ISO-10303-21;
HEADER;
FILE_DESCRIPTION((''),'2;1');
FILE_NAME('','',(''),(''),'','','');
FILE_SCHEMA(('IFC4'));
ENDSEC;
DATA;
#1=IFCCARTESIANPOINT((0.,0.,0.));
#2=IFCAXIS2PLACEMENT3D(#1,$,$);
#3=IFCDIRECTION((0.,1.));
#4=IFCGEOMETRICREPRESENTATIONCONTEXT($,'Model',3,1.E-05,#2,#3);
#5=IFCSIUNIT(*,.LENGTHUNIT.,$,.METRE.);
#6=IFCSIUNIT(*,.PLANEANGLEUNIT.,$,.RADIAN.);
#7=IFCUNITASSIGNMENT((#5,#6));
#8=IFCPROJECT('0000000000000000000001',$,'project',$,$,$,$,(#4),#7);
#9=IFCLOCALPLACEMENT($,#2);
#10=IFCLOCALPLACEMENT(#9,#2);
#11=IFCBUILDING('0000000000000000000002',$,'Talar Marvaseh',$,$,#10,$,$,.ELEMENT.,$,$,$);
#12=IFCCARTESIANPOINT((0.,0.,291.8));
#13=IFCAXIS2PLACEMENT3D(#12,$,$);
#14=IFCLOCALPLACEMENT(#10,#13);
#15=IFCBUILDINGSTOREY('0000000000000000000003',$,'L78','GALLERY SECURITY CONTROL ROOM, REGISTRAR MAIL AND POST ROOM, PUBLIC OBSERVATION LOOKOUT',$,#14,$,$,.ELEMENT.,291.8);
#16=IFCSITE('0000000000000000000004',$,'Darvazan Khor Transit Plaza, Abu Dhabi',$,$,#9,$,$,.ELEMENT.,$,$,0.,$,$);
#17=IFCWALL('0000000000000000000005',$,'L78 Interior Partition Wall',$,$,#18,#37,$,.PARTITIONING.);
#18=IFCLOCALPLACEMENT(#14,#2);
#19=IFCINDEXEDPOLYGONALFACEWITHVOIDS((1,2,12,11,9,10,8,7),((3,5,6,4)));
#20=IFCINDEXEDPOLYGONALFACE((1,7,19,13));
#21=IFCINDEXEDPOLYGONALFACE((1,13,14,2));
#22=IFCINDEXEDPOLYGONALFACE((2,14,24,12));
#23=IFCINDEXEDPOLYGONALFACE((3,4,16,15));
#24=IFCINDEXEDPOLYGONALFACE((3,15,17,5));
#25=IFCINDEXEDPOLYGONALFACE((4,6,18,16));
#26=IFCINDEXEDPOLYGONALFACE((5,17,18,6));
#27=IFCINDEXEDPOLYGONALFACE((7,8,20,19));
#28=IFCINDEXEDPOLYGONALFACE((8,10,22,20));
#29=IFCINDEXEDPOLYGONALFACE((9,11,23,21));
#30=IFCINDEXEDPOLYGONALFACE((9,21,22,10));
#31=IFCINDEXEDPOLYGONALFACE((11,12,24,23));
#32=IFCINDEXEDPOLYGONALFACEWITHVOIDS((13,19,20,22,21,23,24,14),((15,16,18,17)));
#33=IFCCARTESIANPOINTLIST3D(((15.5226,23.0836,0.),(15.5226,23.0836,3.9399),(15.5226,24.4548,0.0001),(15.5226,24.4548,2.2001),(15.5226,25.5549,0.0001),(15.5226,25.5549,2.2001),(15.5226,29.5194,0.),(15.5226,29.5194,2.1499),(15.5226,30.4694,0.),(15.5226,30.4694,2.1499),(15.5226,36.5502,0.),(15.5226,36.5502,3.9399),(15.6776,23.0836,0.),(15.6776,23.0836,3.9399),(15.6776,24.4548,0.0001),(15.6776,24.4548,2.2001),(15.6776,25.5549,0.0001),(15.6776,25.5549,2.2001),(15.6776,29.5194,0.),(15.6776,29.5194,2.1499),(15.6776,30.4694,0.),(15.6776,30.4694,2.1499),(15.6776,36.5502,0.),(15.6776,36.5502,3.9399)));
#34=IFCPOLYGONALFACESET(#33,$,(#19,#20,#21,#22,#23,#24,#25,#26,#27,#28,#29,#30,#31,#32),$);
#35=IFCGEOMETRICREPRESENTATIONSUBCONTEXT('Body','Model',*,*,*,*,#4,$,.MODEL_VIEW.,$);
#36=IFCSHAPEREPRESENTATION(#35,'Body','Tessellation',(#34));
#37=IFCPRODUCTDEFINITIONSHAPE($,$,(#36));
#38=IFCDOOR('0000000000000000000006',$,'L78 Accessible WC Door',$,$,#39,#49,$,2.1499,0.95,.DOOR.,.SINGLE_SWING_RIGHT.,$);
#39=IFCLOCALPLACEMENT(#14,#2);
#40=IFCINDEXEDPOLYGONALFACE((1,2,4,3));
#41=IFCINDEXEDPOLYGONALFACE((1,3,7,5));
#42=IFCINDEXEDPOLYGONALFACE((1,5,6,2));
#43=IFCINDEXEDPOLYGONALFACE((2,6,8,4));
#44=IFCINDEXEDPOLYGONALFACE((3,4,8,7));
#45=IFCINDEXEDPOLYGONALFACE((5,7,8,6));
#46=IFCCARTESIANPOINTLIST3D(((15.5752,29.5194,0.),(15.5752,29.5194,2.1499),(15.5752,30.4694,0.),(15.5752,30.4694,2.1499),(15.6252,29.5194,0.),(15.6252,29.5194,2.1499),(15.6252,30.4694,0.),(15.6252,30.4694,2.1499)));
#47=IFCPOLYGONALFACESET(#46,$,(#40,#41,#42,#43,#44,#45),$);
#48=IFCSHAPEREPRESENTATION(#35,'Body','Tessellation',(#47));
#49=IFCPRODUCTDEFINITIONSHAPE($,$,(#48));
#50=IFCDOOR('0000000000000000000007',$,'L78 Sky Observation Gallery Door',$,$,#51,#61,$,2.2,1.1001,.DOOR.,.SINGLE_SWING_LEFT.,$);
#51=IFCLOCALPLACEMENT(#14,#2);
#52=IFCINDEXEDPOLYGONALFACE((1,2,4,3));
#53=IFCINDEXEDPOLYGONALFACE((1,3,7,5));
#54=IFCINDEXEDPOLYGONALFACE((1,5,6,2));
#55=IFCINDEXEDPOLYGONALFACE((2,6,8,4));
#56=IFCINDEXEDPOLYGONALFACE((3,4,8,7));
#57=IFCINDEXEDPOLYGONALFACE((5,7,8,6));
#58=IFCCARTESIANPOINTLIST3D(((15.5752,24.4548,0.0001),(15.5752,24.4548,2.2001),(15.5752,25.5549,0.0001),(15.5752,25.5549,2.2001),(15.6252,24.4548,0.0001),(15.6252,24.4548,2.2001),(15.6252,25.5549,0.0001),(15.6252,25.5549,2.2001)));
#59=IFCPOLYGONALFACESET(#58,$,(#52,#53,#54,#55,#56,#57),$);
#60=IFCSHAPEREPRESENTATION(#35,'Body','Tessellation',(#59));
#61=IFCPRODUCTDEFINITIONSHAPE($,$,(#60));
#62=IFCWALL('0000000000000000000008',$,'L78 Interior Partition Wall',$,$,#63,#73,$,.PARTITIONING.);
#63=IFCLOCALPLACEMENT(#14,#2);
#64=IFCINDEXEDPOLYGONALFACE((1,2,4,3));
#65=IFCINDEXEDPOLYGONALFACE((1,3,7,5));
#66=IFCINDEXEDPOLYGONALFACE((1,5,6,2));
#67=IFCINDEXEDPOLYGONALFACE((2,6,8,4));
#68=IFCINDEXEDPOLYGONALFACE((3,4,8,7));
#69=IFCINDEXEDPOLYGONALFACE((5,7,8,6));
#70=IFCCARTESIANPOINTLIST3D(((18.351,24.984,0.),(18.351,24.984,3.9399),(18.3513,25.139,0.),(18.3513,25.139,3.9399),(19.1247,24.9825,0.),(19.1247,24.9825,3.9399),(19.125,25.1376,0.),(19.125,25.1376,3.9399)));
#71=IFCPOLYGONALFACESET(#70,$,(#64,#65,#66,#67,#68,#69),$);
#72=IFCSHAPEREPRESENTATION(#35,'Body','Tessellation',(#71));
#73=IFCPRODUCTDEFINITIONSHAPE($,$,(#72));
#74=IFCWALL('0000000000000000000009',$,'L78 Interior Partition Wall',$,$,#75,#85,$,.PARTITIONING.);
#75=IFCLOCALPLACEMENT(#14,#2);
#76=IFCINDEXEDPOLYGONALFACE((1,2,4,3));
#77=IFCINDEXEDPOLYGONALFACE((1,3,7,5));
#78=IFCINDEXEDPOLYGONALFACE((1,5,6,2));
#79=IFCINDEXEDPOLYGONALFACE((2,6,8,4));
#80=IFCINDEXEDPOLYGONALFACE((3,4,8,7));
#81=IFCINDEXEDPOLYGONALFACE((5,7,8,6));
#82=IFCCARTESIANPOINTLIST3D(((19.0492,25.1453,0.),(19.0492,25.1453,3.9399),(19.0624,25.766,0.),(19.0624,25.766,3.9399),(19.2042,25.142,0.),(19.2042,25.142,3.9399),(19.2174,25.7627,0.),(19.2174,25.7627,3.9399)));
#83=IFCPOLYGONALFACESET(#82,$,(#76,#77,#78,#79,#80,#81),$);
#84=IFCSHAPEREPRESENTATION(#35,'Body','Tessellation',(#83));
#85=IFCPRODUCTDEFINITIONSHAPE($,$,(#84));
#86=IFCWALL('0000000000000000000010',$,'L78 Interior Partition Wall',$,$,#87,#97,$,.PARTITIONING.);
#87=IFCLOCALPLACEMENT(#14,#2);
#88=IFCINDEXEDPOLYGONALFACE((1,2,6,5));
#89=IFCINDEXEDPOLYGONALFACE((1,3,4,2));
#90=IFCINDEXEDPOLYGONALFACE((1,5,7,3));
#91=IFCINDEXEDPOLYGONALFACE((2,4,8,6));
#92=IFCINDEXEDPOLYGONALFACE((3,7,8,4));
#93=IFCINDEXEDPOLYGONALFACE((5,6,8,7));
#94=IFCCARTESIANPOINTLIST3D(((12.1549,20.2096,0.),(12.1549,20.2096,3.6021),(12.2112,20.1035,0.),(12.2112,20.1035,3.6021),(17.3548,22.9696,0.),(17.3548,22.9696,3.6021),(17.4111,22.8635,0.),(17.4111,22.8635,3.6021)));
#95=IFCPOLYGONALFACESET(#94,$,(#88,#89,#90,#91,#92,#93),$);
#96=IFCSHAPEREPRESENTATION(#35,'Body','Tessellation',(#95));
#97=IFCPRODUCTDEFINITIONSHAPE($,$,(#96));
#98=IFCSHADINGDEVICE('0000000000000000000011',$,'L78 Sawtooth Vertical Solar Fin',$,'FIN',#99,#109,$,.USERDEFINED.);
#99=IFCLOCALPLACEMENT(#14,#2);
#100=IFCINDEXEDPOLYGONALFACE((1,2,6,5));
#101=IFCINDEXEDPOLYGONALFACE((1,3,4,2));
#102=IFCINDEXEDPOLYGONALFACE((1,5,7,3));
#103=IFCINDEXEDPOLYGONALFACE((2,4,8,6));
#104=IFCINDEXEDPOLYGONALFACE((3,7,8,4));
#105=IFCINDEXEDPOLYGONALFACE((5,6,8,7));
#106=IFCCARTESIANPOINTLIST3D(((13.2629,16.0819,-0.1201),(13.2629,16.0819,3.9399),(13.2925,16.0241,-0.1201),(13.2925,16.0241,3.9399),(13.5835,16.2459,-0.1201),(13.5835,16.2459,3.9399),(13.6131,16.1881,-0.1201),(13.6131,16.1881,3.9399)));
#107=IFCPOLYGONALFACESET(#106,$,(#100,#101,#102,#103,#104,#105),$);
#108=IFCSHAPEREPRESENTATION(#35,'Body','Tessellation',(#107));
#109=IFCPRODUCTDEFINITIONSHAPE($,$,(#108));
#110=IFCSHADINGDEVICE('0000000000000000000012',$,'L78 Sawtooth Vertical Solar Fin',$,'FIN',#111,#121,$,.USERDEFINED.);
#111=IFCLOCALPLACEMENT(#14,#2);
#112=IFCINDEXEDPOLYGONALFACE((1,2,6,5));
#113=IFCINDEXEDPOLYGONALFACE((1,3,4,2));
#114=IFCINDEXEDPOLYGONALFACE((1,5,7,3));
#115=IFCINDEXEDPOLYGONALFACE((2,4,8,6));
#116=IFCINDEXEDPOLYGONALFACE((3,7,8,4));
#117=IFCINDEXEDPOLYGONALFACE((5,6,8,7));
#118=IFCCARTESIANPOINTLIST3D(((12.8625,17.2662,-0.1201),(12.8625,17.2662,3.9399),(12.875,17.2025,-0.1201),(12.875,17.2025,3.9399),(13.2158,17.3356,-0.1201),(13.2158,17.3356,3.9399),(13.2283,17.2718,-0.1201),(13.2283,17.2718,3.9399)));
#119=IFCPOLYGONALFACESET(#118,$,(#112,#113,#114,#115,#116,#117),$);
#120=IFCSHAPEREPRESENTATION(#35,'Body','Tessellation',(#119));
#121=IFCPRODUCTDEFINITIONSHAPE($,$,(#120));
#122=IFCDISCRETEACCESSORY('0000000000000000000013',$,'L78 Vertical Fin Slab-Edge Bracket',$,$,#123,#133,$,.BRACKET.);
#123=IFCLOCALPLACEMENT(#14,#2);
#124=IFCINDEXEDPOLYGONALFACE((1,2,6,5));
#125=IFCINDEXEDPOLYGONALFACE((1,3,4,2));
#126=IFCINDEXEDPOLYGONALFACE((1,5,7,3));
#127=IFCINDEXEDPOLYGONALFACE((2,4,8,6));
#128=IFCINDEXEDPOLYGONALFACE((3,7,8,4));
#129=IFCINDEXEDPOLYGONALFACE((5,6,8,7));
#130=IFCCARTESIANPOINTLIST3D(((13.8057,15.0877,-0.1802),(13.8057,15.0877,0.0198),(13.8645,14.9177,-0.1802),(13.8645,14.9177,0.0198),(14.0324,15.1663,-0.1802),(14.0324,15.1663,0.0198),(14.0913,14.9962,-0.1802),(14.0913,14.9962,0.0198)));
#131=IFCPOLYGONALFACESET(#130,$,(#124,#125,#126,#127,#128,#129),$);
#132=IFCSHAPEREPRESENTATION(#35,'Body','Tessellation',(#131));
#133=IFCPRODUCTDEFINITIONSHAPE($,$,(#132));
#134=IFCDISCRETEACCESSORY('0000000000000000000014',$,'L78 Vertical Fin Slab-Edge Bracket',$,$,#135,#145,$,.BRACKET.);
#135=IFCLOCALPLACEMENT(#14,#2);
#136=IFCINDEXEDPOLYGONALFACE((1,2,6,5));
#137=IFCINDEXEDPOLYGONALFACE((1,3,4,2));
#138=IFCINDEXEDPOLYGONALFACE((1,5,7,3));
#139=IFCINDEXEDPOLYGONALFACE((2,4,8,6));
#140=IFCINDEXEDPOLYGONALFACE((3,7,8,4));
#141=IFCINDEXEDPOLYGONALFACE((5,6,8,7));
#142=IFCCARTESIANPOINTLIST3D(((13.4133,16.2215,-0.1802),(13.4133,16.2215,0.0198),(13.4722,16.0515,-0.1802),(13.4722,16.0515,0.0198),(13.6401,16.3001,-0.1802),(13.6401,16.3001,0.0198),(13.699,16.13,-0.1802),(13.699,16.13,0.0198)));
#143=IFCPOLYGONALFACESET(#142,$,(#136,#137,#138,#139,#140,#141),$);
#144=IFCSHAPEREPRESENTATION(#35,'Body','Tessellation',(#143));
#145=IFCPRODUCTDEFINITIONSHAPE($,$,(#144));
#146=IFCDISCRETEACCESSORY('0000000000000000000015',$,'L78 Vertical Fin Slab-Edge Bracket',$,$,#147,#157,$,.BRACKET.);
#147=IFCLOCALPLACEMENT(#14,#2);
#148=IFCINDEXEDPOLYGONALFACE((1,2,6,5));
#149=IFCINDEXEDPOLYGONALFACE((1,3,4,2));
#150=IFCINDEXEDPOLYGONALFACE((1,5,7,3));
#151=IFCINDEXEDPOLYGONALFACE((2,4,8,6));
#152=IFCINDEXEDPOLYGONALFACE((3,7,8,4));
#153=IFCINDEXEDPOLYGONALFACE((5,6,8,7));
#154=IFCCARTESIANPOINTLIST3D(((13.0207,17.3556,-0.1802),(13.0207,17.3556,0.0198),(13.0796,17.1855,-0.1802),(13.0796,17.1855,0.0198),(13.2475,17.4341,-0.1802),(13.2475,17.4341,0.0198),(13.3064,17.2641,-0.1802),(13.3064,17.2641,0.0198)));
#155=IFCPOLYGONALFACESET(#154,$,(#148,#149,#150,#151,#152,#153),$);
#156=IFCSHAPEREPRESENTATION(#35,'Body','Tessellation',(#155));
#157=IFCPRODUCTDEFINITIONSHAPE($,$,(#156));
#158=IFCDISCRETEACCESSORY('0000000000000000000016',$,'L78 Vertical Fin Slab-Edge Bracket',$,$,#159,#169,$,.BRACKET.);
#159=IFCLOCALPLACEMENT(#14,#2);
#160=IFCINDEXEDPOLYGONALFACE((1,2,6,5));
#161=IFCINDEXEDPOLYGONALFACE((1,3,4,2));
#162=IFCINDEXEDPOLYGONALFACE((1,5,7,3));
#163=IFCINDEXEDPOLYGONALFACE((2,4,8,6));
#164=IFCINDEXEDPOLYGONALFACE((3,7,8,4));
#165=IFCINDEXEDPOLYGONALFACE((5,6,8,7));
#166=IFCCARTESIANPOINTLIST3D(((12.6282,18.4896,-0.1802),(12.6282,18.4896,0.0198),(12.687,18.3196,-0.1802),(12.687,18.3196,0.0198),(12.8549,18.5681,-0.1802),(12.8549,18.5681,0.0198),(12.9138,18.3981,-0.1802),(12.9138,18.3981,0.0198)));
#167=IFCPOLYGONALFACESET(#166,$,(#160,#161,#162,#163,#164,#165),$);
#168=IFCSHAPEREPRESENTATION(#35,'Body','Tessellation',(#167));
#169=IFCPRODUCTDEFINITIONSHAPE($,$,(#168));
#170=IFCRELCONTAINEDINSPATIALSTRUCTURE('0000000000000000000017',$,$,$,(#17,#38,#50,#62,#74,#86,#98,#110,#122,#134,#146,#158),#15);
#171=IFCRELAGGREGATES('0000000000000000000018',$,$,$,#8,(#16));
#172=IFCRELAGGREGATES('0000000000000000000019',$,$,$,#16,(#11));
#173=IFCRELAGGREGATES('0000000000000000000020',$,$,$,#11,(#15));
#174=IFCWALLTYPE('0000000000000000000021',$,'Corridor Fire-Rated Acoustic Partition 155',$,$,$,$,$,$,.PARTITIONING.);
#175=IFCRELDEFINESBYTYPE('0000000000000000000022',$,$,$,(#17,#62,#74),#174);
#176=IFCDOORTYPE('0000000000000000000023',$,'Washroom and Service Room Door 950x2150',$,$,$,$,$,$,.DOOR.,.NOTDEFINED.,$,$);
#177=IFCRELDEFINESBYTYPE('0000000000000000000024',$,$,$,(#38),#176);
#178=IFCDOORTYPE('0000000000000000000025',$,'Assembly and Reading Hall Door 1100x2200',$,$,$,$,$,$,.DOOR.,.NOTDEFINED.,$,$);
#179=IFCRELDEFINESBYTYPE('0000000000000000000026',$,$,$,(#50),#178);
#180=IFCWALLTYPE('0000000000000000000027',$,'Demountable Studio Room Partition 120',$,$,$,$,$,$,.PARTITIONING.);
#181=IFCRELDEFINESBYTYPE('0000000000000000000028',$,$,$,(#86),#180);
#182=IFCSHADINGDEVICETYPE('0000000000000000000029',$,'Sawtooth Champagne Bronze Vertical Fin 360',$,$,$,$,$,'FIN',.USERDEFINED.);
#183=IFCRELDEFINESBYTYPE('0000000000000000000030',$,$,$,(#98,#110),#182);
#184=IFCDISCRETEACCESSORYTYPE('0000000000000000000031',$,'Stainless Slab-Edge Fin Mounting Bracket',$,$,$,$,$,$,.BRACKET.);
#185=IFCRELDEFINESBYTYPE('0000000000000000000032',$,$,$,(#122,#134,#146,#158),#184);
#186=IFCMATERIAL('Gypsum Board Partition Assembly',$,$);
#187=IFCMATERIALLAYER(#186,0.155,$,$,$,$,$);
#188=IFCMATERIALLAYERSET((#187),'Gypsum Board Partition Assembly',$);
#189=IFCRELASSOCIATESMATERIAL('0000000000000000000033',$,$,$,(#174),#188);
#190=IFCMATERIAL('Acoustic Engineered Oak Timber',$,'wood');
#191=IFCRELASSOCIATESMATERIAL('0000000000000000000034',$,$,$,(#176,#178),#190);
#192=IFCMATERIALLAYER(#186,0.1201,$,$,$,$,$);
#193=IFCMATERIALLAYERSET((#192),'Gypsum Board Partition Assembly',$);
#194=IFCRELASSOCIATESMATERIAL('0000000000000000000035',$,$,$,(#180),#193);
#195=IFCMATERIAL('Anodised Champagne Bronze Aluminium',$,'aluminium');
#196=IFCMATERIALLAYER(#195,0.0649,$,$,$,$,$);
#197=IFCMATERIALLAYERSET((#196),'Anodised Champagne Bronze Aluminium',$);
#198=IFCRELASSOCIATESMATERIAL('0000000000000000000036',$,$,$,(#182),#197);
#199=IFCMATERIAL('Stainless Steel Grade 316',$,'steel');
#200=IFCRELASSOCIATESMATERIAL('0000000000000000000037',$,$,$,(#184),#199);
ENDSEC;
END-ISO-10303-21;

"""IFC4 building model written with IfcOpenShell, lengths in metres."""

from ifc_helpers import new_model, si_unit, direction, frame, frame_2d, origin, origin_2d, place, context, subcontext, project, spatial, rectangle, extrude, source, transform, mapped, material, layer, layer_set, type_object, type_shapes, element, fill, save


model = new_model("IFC4")

# Units and contexts
model_context = context("Model", 3, precision=1e-05, world=origin(), true_north=direction((0.0, 1.0)))
body_context = subcontext(model_context, "Body", "Model", "MODEL_VIEW")
ifc_project = project(units=[si_unit("LENGTHUNIT", "METRE"), si_unit("PLANEANGLEUNIT", "RADIAN")], contexts=[model_context])

# Site, building, storey
site_placement = place(None, origin())
site = spatial("IfcSite", under=ifc_project, at=site_placement, Name="Darvazan Khor Transit Plaza, Abu Dhabi", CompositionType="ELEMENT", RefElevation=0.0)
building_placement = place(site_placement, origin())
building = spatial("IfcBuilding", under=site, at=building_placement, Name="Talar Marvaseh", CompositionType="ELEMENT")
storey_placement = place(building_placement, frame((0.0, 0.0, 291.8)))
storey = spatial("IfcBuildingStorey", under=building, at=storey_placement, Name="L78", Description="GALLERY SECURITY CONTROL ROOM, REGISTRAR MAIL AND POST ROOM, PUBLIC OBSERVATION LOOKOUT", CompositionType="ELEMENT", Elevation=291.8)

# Wall, openings, doors
ifc_material_1 = material(Name="Gypsum Board Partition Assembly")
ifc_layer_1 = layer(ifc_material_1, 0.155)
ifc_layer_set_1 = layer_set([ifc_layer_1], Name="Gypsum Board Partition Assembly")
wall_type_1 = type_object("IfcWallType", Name="Corridor Fire-Rated Acoustic Partition 155", PredefinedType="PARTITIONING", material=ifc_layer_set_1)
wall_1_placement = place(storey_placement, frame((15.6001, 23.0835, 0.0), z_axis=(0.0, 0.0, 1.0), x_axis=(0.0, 1.0, 0.0)))
wall_1 = element("IfcWall", 1, at=wall_1_placement, inside=storey, type_object=wall_type_1, Name="L78 Interior Partition Wall", PredefinedType="PARTITIONING", context=body_context, shape_type="SweptSolid", body=[
    extrude(rectangle(XDim=13.4666, YDim=0.155, at=frame_2d((6.7334, 0.0))), origin(), (0.0, 0.0, 1.0), 3.9399),
])
opening_1_placement = place(wall_1_placement, frame((1.3713, 0.0, 0.0)))
opening_1 = element("IfcOpeningElement", 2, at=opening_1_placement, cuts=wall_1, PredefinedType="OPENING", context=body_context, shape_type="SweptSolid", body=[
    extrude(rectangle(XDim=1.1001, YDim=2.2, at=frame_2d((0.55, 1.1001))), frame((0.0, 0.0874, 0.0), z_axis=(0.0, -1.0, 0.0), x_axis=(1.0, 0.0, 0.0)), (0.0, 0.0, 1.0), 0.175),
])
opening_2_placement = place(wall_1_placement, frame((6.4358, 0.0, 0.0)))
opening_2 = element("IfcOpeningElement", 3, at=opening_2_placement, cuts=wall_1, PredefinedType="OPENING", context=body_context, shape_type="SweptSolid", body=[
    extrude(rectangle(XDim=0.95, YDim=2.1499, at=frame_2d((0.4751, 1.075))), frame((0.0, 0.0874, 0.0), z_axis=(0.0, -1.0, 0.0), x_axis=(1.0, 0.0, 0.0)), (0.0, 0.0, 1.0), 0.175),
])
ifc_material_2 = material(Name="Acoustic Engineered Oak Timber", Category="wood")
door_type_1 = type_object("IfcDoorType", Name="Washroom and Service Room Door 950x2150", OperationType="NOTDEFINED", PredefinedType="DOOR", material=ifc_material_2)
shared_shape_1 = source(origin(), body_context, "Body", "SweptSolid", [
    extrude(rectangle(XDim=0.95, YDim=2.1499, at=frame_2d((0.4751, 1.075))), frame((0.0, 0.0249, 0.0), z_axis=(0.0, -1.0, 0.0), x_axis=(1.0, 0.0, 0.0)), (0.0, 0.0, 1.0), 0.05),
])
type_shapes(door_type_1, [shared_shape_1])
door_1_placement = place(opening_2_placement, origin())
door_1 = element("IfcDoor", 4, at=door_1_placement, inside=storey, type_object=door_type_1, Name="L78 Accessible WC Door", OperationType="SINGLE_SWING_RIGHT", OverallHeight=2.1499, OverallWidth=0.95, PredefinedType="DOOR", context=body_context, shape_type="MappedRepresentation", body=[
    mapped(shared_shape_1, transform((0.0, 0.0, 0.0), x_axis=(1.0, 0.0, 0.0), y_axis=(0.0, 1.0, 0.0), z_axis=(0.0, 0.0, 1.0), scale=1.0)),
])
fill(opening_2, door_1)
door_type_2 = type_object("IfcDoorType", Name="Assembly and Reading Hall Door 1100x2200", OperationType="NOTDEFINED", PredefinedType="DOOR", material=ifc_material_2)
shared_shape_2 = source(origin(), body_context, "Body", "SweptSolid", [
    extrude(rectangle(XDim=1.1001, YDim=2.2, at=frame_2d((0.55, 1.1001))), frame((0.0, 0.0249, 0.0), z_axis=(0.0, -1.0, 0.0), x_axis=(1.0, 0.0, 0.0)), (0.0, 0.0, 1.0), 0.05),
])
type_shapes(door_type_2, [shared_shape_2])
door_2_placement = place(opening_1_placement, origin())
door_2 = element("IfcDoor", 5, at=door_2_placement, inside=storey, type_object=door_type_2, Name="L78 Sky Observation Gallery Door", OperationType="SINGLE_SWING_LEFT", OverallHeight=2.2, OverallWidth=1.1001, PredefinedType="DOOR", context=body_context, shape_type="MappedRepresentation", body=[
    mapped(shared_shape_2, transform((0.0, 0.0, 0.0), x_axis=(1.0, 0.0, 0.0), y_axis=(0.0, 1.0, 0.0), z_axis=(0.0, 0.0, 1.0), scale=1.0)),
])
fill(opening_1, door_2)

# Walls
wall_2_placement = place(storey_placement, frame((18.3513, 25.0615, 0.0), z_axis=(0.0, 0.0, 1.0), x_axis=(0.999998, -0.001893, 0.0)))
element("IfcWall", 6, at=wall_2_placement, inside=storey, type_object=wall_type_1, Name="L78 Interior Partition Wall", PredefinedType="PARTITIONING", context=body_context, shape_type="SweptSolid", body=[
    extrude(rectangle(XDim=0.7737, YDim=0.155, at=frame_2d((0.3867, 0.0))), origin(), (0.0, 0.0, 1.0), 3.9399),
])
wall_3_placement = place(storey_placement, frame((19.1267, 25.1436, 0.0), z_axis=(0.0, 0.0, 1.0), x_axis=(0.021238, 0.999774, 0.0)))
element("IfcWall", 7, at=wall_3_placement, inside=storey, type_object=wall_type_1, Name="L78 Interior Partition Wall", PredefinedType="PARTITIONING", context=body_context, shape_type="SweptSolid", body=[
    extrude(rectangle(XDim=0.6208, YDim=0.155, at=frame_2d((0.3105, 0.0))), origin(), (0.0, 0.0, 1.0), 3.9399),
])
ifc_layer_2 = layer(ifc_material_1, 0.1201)
ifc_layer_set_2 = layer_set([ifc_layer_2], Name="Gypsum Board Partition Assembly")
wall_type_2 = type_object("IfcWallType", Name="Demountable Studio Room Partition 120", PredefinedType="PARTITIONING", material=ifc_layer_set_2)
wall_4_placement = place(storey_placement, frame((17.3828, 22.9165, 0.0), z_axis=(0.0, 0.0, 1.0), x_axis=(-0.883289, -0.468829, 0.0)))
element("IfcWall", 8, at=wall_4_placement, inside=storey, type_object=wall_type_2, Name="L78 Interior Partition Wall", PredefinedType="PARTITIONING", context=body_context, shape_type="SweptSolid", body=[
    extrude(rectangle(XDim=5.887, YDim=0.1201, at=frame_2d((2.9434, 0.0))), origin(), (0.0, 0.0, 1.0), 3.6021),
])

# Shading devices
ifc_material_3 = material(Name="Anodised Champagne Bronze Aluminium", Category="aluminium")
ifc_layer_3 = layer(ifc_material_3, 0.0649)
ifc_layer_set_3 = layer_set([ifc_layer_3], Name="Anodised Champagne Bronze Aluminium")
shading_device_type = type_object("IfcShadingDeviceType", Name="Sawtooth Champagne Bronze Vertical Fin 360", ElementType="FIN", PredefinedType="USERDEFINED", material=ifc_layer_set_3)
shared_shape_3 = source(origin(), body_context, "Body", "SweptSolid", [
    extrude(rectangle(XDim=0.3601, YDim=0.0649, at=origin_2d()), origin(), (0.0, 0.0, 1.0), 4.0601),
])
type_shapes(shading_device_type, [shared_shape_3])
for number, where, z_axis, x_axis, name in (
    (9, (13.438, 16.135, -0.1201), (0.0, 0.0, 1.0), (-0.890213, -0.455545, 0.0), "L78 Sawtooth Vertical Solar Fin"),
    (10, (13.0454, 17.269, -0.1201), (0.0, 0.0, 1.0), (-0.981293, -0.192522, 0.0), "L78 Sawtooth Vertical Solar Fin"),
):
    element("IfcShadingDevice", number, at=place(storey_placement, frame(where, z_axis=z_axis, x_axis=x_axis)), inside=storey, type_object=shading_device_type, Name=name, ObjectType="FIN", PredefinedType="USERDEFINED", context=body_context, shape_type="MappedRepresentation", body=[
        mapped(shared_shape_3, transform((0.0, 0.0, 0.0), x_axis=(1.0, 0.0, 0.0), y_axis=(0.0, 1.0, 0.0), z_axis=(0.0, 0.0, 1.0), scale=1.0)),
    ])

# Discrete accessories
ifc_material_4 = material(Name="Stainless Steel Grade 316", Category="steel")
discrete_accessory_type = type_object("IfcDiscreteAccessoryType", Name="Stainless Slab-Edge Fin Mounting Bracket", PredefinedType="BRACKET", material=ifc_material_4)
shared_shape_4 = source(origin(), body_context, "Body", "SweptSolid", [
    extrude(rectangle(XDim=0.24, YDim=0.1799, at=origin_2d()), origin(), (0.0, 0.0, 1.0), 0.2),
])
type_shapes(discrete_accessory_type, [shared_shape_4])
for number, where, z_axis, x_axis, name in (
    (11, (13.9485, 15.042, -0.1802), (0.0, 0.0, 1.0), (-0.944949, -0.327218, 0.0), "L78 Vertical Fin Slab-Edge Bracket"),
    (12, (13.5562, 16.1758, -0.1802), (0.0, 0.0, 1.0), (-0.944949, -0.327218, 0.0), "L78 Vertical Fin Slab-Edge Bracket"),
    (13, (13.1636, 17.3098, -0.1802), (0.0, 0.0, 1.0), (-0.944949, -0.327218, 0.0), "L78 Vertical Fin Slab-Edge Bracket"),
    (14, (12.771, 18.4438, -0.1802), (0.0, 0.0, 1.0), (-0.944949, -0.327218, 0.0), "L78 Vertical Fin Slab-Edge Bracket"),
):
    element("IfcDiscreteAccessory", number, at=place(storey_placement, frame(where, z_axis=z_axis, x_axis=x_axis)), inside=storey, type_object=discrete_accessory_type, Name=name, PredefinedType="BRACKET", context=body_context, shape_type="MappedRepresentation", body=[
        mapped(shared_shape_4, transform((0.0, 0.0, 0.0), x_axis=(1.0, 0.0, 0.0), y_axis=(0.0, 1.0, 0.0), z_axis=(0.0, 0.0, 1.0), scale=1.0)),
    ])

save(model, "model.ifc")
